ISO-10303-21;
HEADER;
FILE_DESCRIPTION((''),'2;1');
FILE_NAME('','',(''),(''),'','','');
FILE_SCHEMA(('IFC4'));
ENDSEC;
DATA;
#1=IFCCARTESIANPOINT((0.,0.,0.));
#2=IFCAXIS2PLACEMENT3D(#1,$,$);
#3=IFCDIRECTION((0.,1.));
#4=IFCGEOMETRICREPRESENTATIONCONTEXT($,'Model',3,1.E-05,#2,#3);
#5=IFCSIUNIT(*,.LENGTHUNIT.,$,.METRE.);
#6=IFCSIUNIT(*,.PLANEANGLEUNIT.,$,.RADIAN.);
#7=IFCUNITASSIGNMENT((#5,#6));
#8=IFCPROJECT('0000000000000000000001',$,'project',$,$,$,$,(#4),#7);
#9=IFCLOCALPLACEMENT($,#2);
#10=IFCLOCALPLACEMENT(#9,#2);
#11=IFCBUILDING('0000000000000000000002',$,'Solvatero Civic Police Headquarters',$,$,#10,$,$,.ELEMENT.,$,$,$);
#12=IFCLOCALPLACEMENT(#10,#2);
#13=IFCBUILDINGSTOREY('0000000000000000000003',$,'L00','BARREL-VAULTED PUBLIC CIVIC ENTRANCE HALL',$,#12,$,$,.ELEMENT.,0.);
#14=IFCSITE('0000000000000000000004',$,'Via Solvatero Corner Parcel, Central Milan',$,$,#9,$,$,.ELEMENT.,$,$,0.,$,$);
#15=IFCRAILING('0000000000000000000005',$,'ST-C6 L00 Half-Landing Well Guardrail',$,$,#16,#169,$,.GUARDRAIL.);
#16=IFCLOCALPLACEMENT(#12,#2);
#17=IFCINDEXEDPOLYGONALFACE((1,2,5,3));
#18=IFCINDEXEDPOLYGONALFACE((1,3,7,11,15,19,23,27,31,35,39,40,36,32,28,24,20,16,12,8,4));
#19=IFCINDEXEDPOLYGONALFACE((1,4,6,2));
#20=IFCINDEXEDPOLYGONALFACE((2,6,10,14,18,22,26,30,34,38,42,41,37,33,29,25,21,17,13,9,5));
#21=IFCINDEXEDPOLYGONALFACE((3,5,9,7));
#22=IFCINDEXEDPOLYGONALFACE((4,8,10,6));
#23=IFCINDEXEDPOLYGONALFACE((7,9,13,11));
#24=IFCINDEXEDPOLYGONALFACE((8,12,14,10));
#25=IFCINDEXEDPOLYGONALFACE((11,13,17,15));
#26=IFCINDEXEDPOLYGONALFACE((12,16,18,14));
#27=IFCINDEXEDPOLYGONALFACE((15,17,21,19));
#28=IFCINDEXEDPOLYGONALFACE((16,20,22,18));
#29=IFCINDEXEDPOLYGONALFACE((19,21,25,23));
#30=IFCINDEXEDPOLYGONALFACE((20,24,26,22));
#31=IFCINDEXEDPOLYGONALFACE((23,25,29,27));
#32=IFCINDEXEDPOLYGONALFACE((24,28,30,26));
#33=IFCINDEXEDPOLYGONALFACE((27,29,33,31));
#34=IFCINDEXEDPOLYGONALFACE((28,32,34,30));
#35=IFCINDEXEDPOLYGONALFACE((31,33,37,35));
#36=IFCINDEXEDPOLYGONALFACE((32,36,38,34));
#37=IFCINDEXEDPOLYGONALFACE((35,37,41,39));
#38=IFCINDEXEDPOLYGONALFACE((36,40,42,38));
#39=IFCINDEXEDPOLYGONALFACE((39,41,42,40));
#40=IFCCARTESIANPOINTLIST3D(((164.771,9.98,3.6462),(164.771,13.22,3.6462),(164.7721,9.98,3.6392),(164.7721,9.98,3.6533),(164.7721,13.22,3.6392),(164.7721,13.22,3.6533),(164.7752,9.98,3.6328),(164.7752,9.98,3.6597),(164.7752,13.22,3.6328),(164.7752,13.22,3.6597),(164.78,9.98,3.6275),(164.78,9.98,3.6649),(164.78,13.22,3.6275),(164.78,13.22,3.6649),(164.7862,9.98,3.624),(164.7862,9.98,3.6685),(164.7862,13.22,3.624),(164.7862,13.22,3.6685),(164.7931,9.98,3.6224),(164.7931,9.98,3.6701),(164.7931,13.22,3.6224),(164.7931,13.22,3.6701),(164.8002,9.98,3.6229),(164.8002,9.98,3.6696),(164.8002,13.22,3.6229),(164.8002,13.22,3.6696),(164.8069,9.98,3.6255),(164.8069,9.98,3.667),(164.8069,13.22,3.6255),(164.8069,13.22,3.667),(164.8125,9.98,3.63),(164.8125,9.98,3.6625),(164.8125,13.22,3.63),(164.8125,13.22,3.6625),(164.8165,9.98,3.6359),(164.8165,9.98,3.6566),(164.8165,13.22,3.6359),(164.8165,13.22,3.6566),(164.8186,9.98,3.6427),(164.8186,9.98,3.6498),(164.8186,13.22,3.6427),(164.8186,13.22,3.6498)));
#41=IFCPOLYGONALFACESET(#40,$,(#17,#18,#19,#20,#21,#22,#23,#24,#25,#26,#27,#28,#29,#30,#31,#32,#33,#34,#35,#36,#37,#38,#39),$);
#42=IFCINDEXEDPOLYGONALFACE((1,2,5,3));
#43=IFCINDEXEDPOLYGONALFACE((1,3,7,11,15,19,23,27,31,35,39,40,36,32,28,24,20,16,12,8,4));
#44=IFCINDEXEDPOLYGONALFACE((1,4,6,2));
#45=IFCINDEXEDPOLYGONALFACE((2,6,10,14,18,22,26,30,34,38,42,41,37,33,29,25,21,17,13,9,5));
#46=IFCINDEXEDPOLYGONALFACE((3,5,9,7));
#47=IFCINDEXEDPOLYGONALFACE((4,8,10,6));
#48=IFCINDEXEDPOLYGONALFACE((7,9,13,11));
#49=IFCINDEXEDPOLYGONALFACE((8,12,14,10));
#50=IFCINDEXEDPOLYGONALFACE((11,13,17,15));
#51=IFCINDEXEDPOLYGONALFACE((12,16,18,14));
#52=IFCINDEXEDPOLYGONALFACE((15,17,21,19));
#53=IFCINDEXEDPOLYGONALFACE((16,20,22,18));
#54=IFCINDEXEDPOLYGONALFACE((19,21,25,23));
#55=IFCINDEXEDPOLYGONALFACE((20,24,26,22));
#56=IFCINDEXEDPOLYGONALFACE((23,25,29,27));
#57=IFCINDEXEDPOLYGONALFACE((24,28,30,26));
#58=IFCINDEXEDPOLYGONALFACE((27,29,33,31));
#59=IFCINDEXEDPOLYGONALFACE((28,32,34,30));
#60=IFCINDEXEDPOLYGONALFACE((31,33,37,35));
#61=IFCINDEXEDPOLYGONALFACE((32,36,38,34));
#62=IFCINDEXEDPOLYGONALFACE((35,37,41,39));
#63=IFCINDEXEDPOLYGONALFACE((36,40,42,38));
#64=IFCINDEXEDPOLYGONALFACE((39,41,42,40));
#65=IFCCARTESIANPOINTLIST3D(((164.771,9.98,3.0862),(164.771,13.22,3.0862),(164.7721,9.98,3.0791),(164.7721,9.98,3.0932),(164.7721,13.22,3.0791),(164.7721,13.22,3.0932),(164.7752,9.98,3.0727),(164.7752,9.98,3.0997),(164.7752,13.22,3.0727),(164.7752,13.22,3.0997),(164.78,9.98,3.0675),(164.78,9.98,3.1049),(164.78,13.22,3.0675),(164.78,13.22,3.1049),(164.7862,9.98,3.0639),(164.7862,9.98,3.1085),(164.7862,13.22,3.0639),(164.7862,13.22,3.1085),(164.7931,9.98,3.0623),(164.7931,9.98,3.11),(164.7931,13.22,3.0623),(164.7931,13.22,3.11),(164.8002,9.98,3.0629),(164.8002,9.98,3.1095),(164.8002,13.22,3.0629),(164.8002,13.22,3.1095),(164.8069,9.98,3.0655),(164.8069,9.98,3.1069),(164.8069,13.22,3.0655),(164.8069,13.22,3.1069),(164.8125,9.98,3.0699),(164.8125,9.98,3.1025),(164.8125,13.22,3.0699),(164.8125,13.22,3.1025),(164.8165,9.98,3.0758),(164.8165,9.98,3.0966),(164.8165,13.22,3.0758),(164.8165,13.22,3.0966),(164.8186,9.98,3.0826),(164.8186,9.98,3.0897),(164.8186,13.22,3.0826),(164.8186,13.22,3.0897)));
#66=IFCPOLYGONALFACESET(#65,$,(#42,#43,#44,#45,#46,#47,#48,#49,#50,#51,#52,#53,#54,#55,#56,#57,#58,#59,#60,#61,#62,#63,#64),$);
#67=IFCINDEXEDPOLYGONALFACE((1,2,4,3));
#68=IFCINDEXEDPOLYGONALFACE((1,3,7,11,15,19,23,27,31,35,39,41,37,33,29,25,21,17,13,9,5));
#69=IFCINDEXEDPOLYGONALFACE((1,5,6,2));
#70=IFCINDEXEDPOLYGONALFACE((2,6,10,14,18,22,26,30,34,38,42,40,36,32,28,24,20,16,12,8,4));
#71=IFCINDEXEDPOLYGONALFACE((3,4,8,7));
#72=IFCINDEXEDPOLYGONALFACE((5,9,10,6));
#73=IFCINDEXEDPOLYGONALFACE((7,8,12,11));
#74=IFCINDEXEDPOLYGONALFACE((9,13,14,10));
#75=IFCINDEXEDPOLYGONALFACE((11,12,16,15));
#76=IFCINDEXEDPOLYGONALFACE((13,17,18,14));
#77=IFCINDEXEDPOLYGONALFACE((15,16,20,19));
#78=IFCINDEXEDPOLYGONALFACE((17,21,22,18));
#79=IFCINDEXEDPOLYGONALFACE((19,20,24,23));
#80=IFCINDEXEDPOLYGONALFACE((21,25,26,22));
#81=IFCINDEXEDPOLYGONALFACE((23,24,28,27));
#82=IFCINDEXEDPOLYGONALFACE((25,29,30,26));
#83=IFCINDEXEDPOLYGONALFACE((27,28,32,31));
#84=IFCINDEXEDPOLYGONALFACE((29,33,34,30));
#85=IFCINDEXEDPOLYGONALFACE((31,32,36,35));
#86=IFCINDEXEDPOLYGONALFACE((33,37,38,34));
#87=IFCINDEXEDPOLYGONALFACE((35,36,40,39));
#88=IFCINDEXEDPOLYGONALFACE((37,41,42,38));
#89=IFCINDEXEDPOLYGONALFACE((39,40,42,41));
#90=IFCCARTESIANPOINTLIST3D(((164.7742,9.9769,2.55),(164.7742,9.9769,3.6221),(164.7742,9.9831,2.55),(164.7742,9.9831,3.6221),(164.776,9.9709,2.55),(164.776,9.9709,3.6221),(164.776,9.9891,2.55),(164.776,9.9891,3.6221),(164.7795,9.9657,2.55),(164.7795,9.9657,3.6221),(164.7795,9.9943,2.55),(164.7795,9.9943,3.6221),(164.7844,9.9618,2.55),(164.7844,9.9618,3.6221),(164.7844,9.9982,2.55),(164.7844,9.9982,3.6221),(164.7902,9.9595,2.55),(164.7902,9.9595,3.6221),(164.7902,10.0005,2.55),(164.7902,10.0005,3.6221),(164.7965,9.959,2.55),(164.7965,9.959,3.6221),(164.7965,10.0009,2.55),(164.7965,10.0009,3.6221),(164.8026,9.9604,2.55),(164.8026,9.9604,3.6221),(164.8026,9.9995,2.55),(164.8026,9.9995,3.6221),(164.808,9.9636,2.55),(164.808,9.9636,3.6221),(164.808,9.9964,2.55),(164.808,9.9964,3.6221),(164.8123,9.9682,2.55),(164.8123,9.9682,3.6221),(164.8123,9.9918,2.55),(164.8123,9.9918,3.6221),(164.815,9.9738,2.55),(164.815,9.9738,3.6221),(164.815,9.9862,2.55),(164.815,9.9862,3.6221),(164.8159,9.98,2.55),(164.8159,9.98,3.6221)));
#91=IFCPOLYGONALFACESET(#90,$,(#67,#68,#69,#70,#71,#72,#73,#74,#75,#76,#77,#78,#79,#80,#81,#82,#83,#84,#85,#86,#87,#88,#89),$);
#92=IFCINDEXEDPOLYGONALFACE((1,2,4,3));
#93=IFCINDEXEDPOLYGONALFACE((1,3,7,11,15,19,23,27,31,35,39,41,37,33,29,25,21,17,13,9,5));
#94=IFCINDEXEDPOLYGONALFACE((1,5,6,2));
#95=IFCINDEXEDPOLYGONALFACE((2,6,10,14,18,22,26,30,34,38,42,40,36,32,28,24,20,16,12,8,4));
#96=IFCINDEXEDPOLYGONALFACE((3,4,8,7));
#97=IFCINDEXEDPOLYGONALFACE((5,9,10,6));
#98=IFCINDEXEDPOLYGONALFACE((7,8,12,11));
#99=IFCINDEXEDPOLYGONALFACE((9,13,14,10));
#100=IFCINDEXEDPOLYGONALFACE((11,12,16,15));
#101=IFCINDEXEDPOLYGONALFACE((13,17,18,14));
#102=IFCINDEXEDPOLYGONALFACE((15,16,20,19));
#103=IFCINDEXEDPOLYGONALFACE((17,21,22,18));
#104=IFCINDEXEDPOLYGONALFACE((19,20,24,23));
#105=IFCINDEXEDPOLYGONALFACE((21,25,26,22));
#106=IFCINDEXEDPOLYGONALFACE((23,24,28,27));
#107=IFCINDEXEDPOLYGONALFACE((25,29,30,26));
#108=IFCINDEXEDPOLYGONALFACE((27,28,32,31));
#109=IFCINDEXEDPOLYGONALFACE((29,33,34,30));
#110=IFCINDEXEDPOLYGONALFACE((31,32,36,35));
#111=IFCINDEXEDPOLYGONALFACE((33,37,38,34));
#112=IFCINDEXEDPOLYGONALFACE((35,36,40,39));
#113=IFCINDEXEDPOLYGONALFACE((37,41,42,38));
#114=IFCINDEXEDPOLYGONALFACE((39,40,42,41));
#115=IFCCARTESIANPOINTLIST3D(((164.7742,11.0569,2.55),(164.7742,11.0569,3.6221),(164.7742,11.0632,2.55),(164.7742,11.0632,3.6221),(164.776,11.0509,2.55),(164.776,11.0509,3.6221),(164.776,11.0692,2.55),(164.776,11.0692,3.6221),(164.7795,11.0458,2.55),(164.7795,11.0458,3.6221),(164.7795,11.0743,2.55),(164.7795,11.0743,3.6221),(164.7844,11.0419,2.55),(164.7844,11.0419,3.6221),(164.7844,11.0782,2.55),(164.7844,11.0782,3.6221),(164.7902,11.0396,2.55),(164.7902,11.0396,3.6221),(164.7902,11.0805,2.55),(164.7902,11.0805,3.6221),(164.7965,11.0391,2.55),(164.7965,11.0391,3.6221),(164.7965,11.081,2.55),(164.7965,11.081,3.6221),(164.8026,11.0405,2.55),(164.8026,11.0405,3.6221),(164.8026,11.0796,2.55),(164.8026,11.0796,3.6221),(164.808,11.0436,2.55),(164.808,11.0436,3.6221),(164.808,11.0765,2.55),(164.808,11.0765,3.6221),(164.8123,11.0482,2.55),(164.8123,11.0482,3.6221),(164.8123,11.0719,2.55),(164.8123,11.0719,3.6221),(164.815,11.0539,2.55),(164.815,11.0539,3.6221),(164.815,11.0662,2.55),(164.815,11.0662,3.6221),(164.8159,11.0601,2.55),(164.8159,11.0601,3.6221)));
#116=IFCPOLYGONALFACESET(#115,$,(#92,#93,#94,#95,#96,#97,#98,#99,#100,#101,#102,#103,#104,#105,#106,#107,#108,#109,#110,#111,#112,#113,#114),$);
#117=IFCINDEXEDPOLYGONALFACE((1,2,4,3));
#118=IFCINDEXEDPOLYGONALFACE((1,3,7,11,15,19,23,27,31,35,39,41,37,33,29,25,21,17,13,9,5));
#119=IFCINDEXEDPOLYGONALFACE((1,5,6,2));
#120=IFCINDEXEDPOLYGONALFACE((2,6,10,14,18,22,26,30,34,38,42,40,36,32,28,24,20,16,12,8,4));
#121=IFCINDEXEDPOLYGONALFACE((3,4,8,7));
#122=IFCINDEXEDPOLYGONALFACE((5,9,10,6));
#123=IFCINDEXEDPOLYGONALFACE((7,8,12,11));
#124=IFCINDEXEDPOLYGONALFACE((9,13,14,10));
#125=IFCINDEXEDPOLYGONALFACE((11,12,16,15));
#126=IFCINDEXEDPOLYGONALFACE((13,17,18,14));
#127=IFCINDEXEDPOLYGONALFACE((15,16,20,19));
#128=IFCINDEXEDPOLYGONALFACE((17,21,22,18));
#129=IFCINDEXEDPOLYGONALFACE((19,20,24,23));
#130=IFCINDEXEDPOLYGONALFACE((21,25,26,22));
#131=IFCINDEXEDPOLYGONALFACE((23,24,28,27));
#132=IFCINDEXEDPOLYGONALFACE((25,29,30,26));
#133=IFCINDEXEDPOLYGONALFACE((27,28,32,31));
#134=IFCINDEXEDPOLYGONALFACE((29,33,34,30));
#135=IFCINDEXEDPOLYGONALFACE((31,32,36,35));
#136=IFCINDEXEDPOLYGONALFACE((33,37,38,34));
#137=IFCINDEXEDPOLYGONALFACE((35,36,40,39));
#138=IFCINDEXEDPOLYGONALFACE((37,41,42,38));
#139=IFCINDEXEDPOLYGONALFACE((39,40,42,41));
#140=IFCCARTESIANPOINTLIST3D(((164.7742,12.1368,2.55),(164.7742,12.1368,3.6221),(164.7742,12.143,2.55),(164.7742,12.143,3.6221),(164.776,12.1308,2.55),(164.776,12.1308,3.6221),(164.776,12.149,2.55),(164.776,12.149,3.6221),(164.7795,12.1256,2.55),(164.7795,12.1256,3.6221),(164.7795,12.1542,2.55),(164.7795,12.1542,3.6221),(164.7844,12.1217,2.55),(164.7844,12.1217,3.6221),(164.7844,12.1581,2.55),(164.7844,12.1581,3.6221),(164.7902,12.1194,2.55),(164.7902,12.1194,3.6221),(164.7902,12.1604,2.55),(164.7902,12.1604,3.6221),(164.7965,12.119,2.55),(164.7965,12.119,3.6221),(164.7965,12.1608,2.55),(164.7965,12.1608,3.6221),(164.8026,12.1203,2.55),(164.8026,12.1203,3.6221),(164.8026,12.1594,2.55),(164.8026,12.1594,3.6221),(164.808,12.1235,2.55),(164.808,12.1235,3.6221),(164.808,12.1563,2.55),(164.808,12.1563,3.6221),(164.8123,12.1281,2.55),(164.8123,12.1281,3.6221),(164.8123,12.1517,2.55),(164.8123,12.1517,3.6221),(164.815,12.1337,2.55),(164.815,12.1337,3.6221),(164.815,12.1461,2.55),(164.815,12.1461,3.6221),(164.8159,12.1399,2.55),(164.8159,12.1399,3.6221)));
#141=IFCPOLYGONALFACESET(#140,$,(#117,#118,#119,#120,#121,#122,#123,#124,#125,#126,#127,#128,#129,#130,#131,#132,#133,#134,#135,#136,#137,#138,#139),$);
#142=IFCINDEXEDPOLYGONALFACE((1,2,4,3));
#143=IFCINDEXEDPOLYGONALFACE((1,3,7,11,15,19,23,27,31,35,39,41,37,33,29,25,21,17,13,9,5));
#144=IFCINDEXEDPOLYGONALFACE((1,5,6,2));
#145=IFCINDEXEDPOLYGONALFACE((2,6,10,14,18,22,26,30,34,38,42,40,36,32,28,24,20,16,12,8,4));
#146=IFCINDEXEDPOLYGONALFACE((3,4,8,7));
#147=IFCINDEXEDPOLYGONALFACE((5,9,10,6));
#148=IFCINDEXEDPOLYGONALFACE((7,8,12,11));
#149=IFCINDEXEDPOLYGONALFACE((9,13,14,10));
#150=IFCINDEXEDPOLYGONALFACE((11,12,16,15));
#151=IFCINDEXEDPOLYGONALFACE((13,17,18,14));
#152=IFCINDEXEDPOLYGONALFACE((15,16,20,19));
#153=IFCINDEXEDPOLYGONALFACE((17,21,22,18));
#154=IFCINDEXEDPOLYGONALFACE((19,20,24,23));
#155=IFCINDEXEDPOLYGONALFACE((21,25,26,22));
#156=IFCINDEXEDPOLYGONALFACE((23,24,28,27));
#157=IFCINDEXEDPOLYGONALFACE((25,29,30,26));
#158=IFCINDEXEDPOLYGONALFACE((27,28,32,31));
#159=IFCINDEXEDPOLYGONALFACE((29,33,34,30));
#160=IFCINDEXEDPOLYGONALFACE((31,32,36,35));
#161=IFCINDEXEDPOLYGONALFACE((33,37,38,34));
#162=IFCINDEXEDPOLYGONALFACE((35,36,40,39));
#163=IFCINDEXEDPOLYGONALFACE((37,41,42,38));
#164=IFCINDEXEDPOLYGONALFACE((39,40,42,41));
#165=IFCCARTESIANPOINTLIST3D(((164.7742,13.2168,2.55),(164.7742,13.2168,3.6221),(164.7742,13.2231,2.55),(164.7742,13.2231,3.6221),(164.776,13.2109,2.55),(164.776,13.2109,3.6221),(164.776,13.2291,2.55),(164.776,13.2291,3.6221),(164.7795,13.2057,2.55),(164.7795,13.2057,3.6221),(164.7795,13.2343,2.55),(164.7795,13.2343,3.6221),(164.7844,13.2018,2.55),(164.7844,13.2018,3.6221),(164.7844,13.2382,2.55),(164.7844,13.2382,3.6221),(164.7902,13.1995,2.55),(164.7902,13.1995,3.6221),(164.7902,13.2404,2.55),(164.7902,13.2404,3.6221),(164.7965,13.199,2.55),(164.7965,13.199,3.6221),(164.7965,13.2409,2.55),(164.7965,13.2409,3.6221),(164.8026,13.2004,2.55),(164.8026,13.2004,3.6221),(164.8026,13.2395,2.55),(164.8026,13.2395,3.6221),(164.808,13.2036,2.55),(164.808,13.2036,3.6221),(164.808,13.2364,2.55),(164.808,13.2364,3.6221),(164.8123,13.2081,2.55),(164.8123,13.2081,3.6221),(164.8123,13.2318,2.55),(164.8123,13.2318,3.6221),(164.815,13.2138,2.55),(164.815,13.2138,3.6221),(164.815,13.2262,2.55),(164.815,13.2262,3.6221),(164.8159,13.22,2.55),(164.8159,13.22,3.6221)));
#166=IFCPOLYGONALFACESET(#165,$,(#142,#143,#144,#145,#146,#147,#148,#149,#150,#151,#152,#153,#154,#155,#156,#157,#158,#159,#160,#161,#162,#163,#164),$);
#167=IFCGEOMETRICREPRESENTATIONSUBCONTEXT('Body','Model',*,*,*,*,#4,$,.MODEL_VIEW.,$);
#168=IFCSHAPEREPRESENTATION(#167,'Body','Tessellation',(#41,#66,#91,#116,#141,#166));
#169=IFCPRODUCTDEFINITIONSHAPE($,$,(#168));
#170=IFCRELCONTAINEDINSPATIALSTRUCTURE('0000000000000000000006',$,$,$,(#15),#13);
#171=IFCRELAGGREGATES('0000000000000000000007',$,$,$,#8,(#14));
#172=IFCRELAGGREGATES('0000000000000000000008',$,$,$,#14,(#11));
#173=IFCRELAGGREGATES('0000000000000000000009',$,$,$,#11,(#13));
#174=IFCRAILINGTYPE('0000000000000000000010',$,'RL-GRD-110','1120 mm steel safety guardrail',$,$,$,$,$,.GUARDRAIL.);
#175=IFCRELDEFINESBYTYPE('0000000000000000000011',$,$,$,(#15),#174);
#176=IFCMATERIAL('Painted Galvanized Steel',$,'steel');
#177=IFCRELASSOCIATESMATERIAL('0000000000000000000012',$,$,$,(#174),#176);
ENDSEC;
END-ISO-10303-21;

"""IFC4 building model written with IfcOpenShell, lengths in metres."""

from ifc_helpers import new_model, si_unit, direction, frame, origin, origin_2d, place, context, subcontext, project, spatial, circle, extrude, material, type_object, element, save


model = new_model("IFC4")

# Units and contexts
model_context = context("Model", 3, precision=1e-05, world=origin(), true_north=direction((0.0, 1.0)))
body_context = subcontext(model_context, "Body", "Model", "MODEL_VIEW")
ifc_project = project(units=[si_unit("LENGTHUNIT", "METRE"), si_unit("PLANEANGLEUNIT", "RADIAN")], contexts=[model_context])

# Site, building, storey
site_placement = place(None, origin())
site = spatial("IfcSite", under=ifc_project, at=site_placement, Name="Via Solvatero Corner Parcel, Central Milan", CompositionType="ELEMENT", RefElevation=0.0)
building_placement = place(site_placement, origin())
building = spatial("IfcBuilding", under=site, at=building_placement, Name="Solvatero Civic Police Headquarters", CompositionType="ELEMENT")
storey_placement = place(building_placement, origin())
storey = spatial("IfcBuildingStorey", under=building, at=storey_placement, Name="L00", Description="BARREL-VAULTED PUBLIC CIVIC ENTRANCE HALL", CompositionType="ELEMENT", Elevation=0.0)

# Railing
ifc_material_1 = material(Name="Painted Galvanized Steel", Category="steel")
railing_type_1 = type_object("IfcRailingType", Name="RL-GRD-110", Description="1120 mm steel safety guardrail", PredefinedType="GUARDRAIL", material=ifc_material_1)
railing_1_placement = place(storey_placement, frame((164.7949, 9.98, 2.55)))
element("IfcRailing", 1, at=railing_1_placement, inside=storey, type_object=railing_type_1, Name="ST-C6 L00 Half-Landing Well Guardrail", PredefinedType="GUARDRAIL", context=body_context, shape_type="SweptSolid", body=[
    extrude(circle(Radius=0.0239, at=origin_2d()), frame((0.0, 0.0, 1.0962), z_axis=(0.0, 1.0, 0.0), x_axis=(-1.0, 0.0, 0.0)), (0.0, 0.0, 1.0), 3.24),
    extrude(circle(Radius=0.0239, at=origin_2d()), frame((0.0, 0.0, 0.5361), z_axis=(0.0, 1.0, 0.0), x_axis=(-1.0, 0.0, 0.0)), (0.0, 0.0, 1.0), 3.24),
    extrude(circle(Radius=0.021, at=origin_2d()), origin(), (0.0, 0.0, 1.0), 1.072),
    extrude(circle(Radius=0.021, at=origin_2d()), frame((0.0, 1.0801, 0.0)), (0.0, 0.0, 1.0), 1.072),
    extrude(circle(Radius=0.021, at=origin_2d()), frame((0.0, 2.1599, 0.0)), (0.0, 0.0, 1.0), 1.072),
    extrude(circle(Radius=0.021, at=origin_2d()), frame((0.0, 3.24, 0.0)), (0.0, 0.0, 1.0), 1.072),
])

save(model, "model.ifc")
